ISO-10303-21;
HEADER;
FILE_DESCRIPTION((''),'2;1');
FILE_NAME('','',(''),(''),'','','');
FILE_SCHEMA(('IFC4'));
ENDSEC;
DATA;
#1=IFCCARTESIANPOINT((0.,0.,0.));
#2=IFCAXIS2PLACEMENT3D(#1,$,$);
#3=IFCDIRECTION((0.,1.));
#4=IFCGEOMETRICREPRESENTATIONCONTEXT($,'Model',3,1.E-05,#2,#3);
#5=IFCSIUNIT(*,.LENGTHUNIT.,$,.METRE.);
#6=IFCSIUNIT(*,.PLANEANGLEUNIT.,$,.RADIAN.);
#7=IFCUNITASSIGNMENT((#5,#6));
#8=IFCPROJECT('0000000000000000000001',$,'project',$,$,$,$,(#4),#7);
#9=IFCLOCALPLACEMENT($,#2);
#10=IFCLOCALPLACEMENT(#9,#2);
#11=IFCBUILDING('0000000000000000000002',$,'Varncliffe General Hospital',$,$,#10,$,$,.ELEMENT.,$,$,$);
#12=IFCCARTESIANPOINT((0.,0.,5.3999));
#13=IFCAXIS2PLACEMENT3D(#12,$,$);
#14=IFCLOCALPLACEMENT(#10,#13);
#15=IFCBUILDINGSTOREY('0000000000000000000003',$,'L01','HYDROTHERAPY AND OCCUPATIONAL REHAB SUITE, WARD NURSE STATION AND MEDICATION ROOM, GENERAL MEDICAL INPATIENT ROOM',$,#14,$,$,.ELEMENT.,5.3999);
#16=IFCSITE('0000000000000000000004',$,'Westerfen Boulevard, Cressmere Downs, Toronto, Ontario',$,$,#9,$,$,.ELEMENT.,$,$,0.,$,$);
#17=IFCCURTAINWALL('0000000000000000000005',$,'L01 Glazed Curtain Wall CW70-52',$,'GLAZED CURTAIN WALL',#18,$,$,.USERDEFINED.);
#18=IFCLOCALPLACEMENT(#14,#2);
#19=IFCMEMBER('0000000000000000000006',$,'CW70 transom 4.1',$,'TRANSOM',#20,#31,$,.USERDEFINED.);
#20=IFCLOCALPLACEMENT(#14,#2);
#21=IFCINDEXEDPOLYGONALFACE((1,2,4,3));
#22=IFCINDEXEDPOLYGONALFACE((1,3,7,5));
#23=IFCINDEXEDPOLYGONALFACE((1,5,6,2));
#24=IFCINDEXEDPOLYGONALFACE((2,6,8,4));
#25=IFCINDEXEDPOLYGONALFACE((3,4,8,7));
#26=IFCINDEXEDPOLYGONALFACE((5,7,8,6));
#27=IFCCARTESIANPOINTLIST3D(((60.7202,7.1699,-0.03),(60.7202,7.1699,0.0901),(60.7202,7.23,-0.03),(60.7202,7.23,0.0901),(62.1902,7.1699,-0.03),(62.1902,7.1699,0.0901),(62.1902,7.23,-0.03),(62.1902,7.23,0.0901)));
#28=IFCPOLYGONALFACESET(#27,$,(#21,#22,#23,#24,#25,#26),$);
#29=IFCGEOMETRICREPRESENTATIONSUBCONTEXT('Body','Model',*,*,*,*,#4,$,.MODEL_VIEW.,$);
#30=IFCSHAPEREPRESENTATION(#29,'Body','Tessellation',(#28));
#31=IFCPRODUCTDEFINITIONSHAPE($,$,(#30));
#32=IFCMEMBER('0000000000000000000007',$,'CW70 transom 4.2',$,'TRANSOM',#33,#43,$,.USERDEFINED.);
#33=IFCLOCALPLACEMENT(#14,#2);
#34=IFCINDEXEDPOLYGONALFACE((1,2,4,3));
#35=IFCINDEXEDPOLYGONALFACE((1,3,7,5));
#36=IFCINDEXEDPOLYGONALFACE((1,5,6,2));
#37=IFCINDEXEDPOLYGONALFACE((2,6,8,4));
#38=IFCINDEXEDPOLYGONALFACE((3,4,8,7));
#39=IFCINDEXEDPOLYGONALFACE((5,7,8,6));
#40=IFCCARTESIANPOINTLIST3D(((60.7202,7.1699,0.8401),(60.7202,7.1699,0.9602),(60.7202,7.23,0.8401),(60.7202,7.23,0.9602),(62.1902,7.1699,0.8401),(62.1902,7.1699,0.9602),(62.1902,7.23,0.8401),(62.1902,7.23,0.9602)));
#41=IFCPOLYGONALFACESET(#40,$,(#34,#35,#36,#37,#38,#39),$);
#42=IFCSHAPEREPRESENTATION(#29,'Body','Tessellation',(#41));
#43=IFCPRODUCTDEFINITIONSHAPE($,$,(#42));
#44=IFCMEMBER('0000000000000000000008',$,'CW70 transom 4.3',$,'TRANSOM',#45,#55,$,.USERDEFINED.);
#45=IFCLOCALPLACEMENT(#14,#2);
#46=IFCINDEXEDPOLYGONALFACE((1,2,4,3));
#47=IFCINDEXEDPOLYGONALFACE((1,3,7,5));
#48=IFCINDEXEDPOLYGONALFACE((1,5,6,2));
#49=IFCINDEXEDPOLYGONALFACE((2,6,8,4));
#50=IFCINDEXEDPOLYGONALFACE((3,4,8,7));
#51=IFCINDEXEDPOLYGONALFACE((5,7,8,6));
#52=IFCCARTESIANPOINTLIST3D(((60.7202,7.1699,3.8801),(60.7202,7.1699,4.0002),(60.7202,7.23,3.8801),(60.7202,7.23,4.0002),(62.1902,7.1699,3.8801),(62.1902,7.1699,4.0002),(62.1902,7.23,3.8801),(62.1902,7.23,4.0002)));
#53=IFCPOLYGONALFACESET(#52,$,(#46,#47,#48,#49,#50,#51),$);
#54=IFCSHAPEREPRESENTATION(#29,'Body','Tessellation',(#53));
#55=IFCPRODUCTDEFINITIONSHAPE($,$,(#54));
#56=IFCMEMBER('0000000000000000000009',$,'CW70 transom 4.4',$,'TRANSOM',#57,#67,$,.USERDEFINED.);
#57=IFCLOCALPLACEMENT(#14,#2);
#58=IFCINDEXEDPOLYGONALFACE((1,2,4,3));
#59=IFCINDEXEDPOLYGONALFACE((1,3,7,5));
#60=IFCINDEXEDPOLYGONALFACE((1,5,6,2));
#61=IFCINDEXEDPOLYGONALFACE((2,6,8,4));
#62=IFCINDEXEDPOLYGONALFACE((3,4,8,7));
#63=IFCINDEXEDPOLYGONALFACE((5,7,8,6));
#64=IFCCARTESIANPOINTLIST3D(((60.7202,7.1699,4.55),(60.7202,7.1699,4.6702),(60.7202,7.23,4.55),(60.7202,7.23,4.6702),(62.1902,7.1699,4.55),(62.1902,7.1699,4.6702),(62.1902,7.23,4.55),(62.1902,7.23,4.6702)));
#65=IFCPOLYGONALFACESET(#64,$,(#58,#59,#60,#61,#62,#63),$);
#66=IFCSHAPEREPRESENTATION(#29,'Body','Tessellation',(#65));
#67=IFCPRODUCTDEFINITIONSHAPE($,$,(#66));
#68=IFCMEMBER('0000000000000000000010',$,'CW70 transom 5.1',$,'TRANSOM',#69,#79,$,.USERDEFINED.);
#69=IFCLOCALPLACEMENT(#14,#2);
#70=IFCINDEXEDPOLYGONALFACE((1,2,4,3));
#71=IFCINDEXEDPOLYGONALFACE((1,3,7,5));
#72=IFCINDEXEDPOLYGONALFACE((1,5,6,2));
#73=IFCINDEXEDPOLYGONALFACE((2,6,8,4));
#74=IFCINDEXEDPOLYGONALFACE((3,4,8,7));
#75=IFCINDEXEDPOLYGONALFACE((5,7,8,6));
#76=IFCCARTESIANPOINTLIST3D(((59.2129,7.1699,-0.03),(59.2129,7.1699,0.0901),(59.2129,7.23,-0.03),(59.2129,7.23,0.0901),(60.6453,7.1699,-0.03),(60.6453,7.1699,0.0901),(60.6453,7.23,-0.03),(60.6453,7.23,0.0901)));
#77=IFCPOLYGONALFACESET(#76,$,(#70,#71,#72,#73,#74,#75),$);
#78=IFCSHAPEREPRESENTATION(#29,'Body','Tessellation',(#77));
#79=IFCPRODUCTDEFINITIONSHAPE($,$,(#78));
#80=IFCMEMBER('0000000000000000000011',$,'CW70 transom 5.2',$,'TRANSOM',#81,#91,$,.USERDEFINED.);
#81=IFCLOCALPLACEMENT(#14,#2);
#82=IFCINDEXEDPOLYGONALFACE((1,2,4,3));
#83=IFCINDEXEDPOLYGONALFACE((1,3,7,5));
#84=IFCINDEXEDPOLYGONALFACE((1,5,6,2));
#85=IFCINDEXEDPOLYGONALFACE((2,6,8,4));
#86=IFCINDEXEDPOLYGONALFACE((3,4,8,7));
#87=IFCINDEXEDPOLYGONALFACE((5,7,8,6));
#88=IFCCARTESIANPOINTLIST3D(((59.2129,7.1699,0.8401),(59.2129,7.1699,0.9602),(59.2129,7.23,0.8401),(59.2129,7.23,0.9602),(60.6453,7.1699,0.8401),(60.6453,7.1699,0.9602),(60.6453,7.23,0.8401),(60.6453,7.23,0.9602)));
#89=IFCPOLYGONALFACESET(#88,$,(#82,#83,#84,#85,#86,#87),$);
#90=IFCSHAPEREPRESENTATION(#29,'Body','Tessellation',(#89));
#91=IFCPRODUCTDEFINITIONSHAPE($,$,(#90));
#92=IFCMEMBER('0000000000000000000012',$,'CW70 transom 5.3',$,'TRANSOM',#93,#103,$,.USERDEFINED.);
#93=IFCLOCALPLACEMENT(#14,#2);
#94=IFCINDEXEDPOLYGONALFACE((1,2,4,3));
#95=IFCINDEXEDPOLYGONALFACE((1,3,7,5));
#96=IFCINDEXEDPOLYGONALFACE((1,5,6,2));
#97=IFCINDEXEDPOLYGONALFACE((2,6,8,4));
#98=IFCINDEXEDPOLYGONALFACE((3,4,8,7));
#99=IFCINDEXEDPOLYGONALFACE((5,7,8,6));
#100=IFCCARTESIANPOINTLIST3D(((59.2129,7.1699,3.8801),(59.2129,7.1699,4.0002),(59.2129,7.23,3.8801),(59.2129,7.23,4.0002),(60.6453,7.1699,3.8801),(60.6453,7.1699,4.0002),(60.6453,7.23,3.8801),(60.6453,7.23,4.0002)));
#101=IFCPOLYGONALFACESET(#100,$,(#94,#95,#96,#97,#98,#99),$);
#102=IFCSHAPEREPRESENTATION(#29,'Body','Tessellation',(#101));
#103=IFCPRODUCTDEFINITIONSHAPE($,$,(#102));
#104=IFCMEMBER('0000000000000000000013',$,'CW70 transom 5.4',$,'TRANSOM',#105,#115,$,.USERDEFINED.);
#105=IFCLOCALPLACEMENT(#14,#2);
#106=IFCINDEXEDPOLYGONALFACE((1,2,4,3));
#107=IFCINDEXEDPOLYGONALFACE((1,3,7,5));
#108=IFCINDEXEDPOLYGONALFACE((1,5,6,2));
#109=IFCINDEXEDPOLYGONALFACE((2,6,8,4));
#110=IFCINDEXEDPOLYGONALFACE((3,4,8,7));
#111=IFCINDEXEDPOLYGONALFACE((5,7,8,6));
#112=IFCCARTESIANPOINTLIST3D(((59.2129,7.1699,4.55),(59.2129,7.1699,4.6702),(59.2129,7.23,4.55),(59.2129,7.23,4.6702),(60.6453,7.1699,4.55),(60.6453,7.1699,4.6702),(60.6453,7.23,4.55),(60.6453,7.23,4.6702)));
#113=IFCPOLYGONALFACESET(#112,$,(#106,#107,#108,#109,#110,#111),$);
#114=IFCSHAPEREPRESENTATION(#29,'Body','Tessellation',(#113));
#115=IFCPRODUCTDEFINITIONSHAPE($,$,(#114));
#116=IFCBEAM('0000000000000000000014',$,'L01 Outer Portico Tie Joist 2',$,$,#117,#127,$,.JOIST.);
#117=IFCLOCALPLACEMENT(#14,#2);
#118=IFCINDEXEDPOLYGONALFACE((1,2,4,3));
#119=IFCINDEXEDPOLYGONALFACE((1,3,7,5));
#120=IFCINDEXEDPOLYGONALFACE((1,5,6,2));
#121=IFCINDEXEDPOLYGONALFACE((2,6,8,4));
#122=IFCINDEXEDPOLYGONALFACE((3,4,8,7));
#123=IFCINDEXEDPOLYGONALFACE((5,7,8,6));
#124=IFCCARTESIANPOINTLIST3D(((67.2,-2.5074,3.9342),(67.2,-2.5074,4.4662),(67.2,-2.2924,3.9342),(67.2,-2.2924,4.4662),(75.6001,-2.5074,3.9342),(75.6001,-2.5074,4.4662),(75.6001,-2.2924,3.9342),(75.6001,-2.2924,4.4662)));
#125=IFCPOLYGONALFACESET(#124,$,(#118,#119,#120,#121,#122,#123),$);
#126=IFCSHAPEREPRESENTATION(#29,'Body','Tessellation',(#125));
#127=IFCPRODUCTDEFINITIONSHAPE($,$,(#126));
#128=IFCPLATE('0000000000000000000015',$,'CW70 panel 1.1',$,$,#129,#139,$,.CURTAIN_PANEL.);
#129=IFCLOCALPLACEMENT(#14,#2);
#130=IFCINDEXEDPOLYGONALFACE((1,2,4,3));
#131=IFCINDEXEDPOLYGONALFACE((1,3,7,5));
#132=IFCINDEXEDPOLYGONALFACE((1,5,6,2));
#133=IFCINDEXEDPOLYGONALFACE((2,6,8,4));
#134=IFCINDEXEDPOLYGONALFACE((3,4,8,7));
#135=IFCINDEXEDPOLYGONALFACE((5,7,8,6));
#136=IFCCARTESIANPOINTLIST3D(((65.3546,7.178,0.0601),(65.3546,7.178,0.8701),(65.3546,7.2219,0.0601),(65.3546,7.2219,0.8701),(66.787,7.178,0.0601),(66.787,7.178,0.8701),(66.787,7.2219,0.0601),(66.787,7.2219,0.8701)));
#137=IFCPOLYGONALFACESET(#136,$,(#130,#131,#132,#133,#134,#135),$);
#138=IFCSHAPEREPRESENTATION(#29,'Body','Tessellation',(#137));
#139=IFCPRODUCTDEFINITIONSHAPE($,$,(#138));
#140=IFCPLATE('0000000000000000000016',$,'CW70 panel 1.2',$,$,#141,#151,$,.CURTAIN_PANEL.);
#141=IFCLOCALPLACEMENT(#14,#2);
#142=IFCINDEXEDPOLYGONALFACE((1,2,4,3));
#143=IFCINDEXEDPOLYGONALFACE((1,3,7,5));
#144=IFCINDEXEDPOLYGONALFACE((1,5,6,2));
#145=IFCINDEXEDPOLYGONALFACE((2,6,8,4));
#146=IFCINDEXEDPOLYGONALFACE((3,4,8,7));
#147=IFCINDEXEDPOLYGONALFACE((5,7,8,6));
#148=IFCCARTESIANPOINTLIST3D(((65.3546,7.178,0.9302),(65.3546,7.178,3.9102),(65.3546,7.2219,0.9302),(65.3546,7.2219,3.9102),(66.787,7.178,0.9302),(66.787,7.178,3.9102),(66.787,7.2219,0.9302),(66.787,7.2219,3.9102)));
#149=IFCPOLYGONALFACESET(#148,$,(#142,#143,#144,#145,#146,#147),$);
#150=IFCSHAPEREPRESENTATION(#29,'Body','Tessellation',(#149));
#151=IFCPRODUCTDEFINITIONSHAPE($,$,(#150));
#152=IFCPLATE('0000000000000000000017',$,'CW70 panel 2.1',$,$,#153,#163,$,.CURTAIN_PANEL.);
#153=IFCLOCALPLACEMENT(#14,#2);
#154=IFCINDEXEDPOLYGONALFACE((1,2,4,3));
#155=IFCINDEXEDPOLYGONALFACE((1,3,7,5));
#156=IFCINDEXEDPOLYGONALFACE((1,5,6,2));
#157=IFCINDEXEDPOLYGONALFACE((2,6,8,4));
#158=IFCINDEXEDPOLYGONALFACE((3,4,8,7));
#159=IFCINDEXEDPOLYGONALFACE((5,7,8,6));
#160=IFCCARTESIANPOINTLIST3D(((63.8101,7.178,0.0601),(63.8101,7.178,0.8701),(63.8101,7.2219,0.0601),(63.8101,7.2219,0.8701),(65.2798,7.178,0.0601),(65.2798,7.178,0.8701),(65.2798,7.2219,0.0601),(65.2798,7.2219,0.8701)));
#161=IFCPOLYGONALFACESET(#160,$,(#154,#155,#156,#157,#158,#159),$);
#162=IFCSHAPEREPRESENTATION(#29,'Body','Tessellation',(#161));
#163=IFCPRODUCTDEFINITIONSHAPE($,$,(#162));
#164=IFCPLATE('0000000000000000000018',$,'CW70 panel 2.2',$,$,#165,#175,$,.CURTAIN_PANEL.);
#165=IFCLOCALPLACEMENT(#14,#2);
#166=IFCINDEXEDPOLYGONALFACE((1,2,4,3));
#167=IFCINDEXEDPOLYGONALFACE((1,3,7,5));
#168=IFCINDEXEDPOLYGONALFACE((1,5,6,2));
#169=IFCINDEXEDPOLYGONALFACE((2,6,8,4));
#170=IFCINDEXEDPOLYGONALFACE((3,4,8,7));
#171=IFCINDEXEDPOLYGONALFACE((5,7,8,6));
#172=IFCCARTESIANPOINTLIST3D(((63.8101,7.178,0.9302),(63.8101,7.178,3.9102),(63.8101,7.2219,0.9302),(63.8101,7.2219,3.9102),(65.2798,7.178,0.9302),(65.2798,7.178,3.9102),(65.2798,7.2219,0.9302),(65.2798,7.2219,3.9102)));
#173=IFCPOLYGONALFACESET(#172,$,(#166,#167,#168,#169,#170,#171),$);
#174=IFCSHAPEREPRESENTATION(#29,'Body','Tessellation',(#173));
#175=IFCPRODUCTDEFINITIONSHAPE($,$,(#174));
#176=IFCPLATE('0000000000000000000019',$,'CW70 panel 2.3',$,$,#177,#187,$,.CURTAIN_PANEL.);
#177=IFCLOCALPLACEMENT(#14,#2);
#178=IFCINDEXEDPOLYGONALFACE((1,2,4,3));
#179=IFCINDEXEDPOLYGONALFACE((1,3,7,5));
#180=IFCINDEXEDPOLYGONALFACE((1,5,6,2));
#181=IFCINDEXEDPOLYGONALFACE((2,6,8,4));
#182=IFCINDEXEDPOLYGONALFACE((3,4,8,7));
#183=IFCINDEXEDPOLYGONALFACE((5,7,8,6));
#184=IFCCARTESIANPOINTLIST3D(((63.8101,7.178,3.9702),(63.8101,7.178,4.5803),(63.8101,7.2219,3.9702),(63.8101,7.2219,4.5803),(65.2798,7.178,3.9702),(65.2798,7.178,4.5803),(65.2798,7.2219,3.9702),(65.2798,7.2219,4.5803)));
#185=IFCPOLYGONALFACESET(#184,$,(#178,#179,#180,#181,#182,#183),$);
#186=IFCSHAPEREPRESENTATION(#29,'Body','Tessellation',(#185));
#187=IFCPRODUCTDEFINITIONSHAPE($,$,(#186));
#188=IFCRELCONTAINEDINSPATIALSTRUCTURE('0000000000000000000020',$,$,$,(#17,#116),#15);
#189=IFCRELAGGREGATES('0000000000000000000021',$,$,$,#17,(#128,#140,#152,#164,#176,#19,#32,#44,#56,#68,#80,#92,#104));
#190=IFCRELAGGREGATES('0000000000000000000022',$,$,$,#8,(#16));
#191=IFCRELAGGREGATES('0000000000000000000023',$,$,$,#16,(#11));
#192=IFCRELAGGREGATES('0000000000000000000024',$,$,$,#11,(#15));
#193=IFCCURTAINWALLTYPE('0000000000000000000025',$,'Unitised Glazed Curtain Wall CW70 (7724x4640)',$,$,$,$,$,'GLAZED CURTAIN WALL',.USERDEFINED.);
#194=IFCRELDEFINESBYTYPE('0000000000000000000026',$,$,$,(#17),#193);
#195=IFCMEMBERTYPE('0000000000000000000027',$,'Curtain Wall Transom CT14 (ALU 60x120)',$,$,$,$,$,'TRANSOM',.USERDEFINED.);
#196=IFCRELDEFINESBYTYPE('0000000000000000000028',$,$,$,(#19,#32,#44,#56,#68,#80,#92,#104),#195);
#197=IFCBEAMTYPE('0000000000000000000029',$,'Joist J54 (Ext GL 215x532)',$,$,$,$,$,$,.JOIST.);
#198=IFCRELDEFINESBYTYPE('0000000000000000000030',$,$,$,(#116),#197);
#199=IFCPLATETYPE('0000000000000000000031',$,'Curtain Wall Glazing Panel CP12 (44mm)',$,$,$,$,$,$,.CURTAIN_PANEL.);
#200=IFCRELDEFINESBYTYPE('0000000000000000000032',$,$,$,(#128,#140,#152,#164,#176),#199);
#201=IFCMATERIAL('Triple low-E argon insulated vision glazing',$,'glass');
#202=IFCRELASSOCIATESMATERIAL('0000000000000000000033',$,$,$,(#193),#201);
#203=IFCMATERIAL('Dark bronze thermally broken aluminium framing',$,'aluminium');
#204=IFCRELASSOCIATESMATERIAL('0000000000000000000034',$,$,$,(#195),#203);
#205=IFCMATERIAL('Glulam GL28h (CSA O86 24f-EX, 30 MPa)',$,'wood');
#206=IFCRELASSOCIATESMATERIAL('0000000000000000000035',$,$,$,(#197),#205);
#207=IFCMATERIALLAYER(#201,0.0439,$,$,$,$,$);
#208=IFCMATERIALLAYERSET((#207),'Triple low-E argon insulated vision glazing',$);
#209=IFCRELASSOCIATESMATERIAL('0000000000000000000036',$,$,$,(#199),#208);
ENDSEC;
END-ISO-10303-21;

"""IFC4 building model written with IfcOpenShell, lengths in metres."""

from ifc_helpers import new_model, si_unit, direction, frame, origin, origin_2d, place, context, subcontext, project, spatial, rectangle, extrude, material, layer, layer_set, material_profile, profile_set, type_object, element, aggregate, save


model = new_model("IFC4")

# Units and contexts
model_context = context("Model", 3, precision=1e-05, world=origin(), true_north=direction((0.0, 1.0)))
body_context = subcontext(model_context, "Body", "Model", "MODEL_VIEW")
ifc_project = project(units=[si_unit("LENGTHUNIT", "METRE"), si_unit("PLANEANGLEUNIT", "RADIAN")], contexts=[model_context])

# Site, building, storey
site_placement = place(None, origin())
site = spatial("IfcSite", under=ifc_project, at=site_placement, Name="Westerfen Boulevard, Cressmere Downs, Toronto, Ontario", CompositionType="ELEMENT", RefElevation=0.0)
building_placement = place(site_placement, origin())
building = spatial("IfcBuilding", under=site, at=building_placement, Name="Varncliffe General Hospital", CompositionType="ELEMENT")
storey_placement = place(building_placement, frame((0.0, 0.0, 5.3999)))
storey = spatial("IfcBuildingStorey", under=building, at=storey_placement, Name="L01", Description="HYDROTHERAPY AND OCCUPATIONAL REHAB SUITE, WARD NURSE STATION AND MEDICATION ROOM, GENERAL MEDICAL INPATIENT ROOM", CompositionType="ELEMENT", Elevation=5.3999)

# Shared definitions
ifc_material_1 = material(Name="Glulam GL28h (CSA O86 24f-EX, 30 MPa)", Category="wood")

# Curtain wall, members
ifc_material_2 = material(Name="Triple low-E argon insulated vision glazing", Category="glass")
curtain_wall_type = type_object("IfcCurtainWallType", Name="Unitised Glazed Curtain Wall CW70 (7724x4640)", ElementType="GLAZED CURTAIN WALL", PredefinedType="USERDEFINED", material=ifc_material_2)
curtain_wall_placement = place(storey_placement, origin())
curtain_wall = element("IfcCurtainWall", 1, at=curtain_wall_placement, inside=storey, type_object=curtain_wall_type, Name="L01 Glazed Curtain Wall CW70-52", ObjectType="GLAZED CURTAIN WALL", PredefinedType="USERDEFINED")
ifc_material_3 = material(Name="Dark bronze thermally broken aluminium framing", Category="aluminium")
ifc_material_profile_1 = material_profile(ifc_material_3, rectangle(XDim=0.0601, YDim=0.1201, at=origin_2d()), Name="ALU 60x120")
ifc_profile_set_1 = profile_set([ifc_material_profile_1], Name="Dark bronze thermally broken aluminium framing")
member_type_1 = type_object("IfcMemberType", Name="Curtain Wall Transom CT14 (ALU 60x120)", ElementType="TRANSOM", PredefinedType="USERDEFINED", material=ifc_profile_set_1)
member_1_placement = place(storey_placement, frame((62.1902, 7.2, 0.03), z_axis=(-1.0, 0.0, 0.0), x_axis=(0.0, -1.0, 0.0)))
member_1 = element("IfcMember", 2, at=member_1_placement, type_object=member_type_1, Name="CW70 transom 4.1", ObjectType="TRANSOM", PredefinedType="USERDEFINED", context=body_context, shape_type="SweptSolid", body=[
    extrude(rectangle(XDim=0.0601, YDim=0.1201, at=origin_2d()), origin(), (0.0, 0.0, 1.0), 1.47),
])
member_2_placement = place(storey_placement, frame((62.1902, 7.2, 0.9001), z_axis=(-1.0, 0.0, 0.0), x_axis=(0.0, -1.0, 0.0)))
member_2 = element("IfcMember", 3, at=member_2_placement, type_object=member_type_1, Name="CW70 transom 4.2", ObjectType="TRANSOM", PredefinedType="USERDEFINED", context=body_context, shape_type="SweptSolid", body=[
    extrude(rectangle(XDim=0.0601, YDim=0.1201, at=origin_2d()), origin(), (0.0, 0.0, 1.0), 1.47),
])
member_3_placement = place(storey_placement, frame((62.1902, 7.2, 3.9402), z_axis=(-1.0, 0.0, 0.0), x_axis=(0.0, -1.0, 0.0)))
member_3 = element("IfcMember", 4, at=member_3_placement, type_object=member_type_1, Name="CW70 transom 4.3", ObjectType="TRANSOM", PredefinedType="USERDEFINED", context=body_context, shape_type="SweptSolid", body=[
    extrude(rectangle(XDim=0.0601, YDim=0.1201, at=origin_2d()), origin(), (0.0, 0.0, 1.0), 1.47),
])
member_4_placement = place(storey_placement, frame((62.1902, 7.2, 4.6101), z_axis=(-1.0, 0.0, 0.0), x_axis=(0.0, -1.0, 0.0)))
member_4 = element("IfcMember", 5, at=member_4_placement, type_object=member_type_1, Name="CW70 transom 4.4", ObjectType="TRANSOM", PredefinedType="USERDEFINED", context=body_context, shape_type="SweptSolid", body=[
    extrude(rectangle(XDim=0.0601, YDim=0.1201, at=origin_2d()), origin(), (0.0, 0.0, 1.0), 1.47),
])
member_5_placement = place(storey_placement, frame((60.6453, 7.2, 0.03), z_axis=(-1.0, 0.0, 0.0), x_axis=(0.0, -1.0, 0.0)))
member_5 = element("IfcMember", 6, at=member_5_placement, type_object=member_type_1, Name="CW70 transom 5.1", ObjectType="TRANSOM", PredefinedType="USERDEFINED", context=body_context, shape_type="SweptSolid", body=[
    extrude(rectangle(XDim=0.0601, YDim=0.1201, at=origin_2d()), origin(), (0.0, 0.0, 1.0), 1.4324),
])
member_6_placement = place(storey_placement, frame((60.6453, 7.2, 0.9001), z_axis=(-1.0, 0.0, 0.0), x_axis=(0.0, -1.0, 0.0)))
member_6 = element("IfcMember", 7, at=member_6_placement, type_object=member_type_1, Name="CW70 transom 5.2", ObjectType="TRANSOM", PredefinedType="USERDEFINED", context=body_context, shape_type="SweptSolid", body=[
    extrude(rectangle(XDim=0.0601, YDim=0.1201, at=origin_2d()), origin(), (0.0, 0.0, 1.0), 1.4324),
])
member_7_placement = place(storey_placement, frame((60.6453, 7.2, 3.9402), z_axis=(-1.0, 0.0, 0.0), x_axis=(0.0, -1.0, 0.0)))
member_7 = element("IfcMember", 8, at=member_7_placement, type_object=member_type_1, Name="CW70 transom 5.3", ObjectType="TRANSOM", PredefinedType="USERDEFINED", context=body_context, shape_type="SweptSolid", body=[
    extrude(rectangle(XDim=0.0601, YDim=0.1201, at=origin_2d()), origin(), (0.0, 0.0, 1.0), 1.4324),
])
member_8_placement = place(storey_placement, frame((60.6453, 7.2, 4.6101), z_axis=(-1.0, 0.0, 0.0), x_axis=(0.0, -1.0, 0.0)))
member_8 = element("IfcMember", 9, at=member_8_placement, type_object=member_type_1, Name="CW70 transom 5.4", ObjectType="TRANSOM", PredefinedType="USERDEFINED", context=body_context, shape_type="SweptSolid", body=[
    extrude(rectangle(XDim=0.0601, YDim=0.1201, at=origin_2d()), origin(), (0.0, 0.0, 1.0), 1.4324),
])

# Beam
ifc_material_profile_2 = material_profile(ifc_material_1, rectangle(XDim=0.2151, YDim=0.532, at=origin_2d()), Name="GL 215x532")
ifc_profile_set_2 = profile_set([ifc_material_profile_2], Name="Glulam GL28h (CSA O86 24f-EX, 30 MPa)")
beam_type = type_object("IfcBeamType", Name="Joist J54 (Ext GL 215x532)", PredefinedType="JOIST", material=ifc_profile_set_2)
beam_placement = place(storey_placement, frame((67.2, -2.3999, 4.2002), z_axis=(1.0, 0.0, 0.0), x_axis=(0.0, 1.0, 0.0)))
element("IfcBeam", 10, at=beam_placement, inside=storey, type_object=beam_type, Name="L01 Outer Portico Tie Joist 2", PredefinedType="JOIST", context=body_context, shape_type="SweptSolid", body=[
    extrude(rectangle(XDim=0.2151, YDim=0.532, at=origin_2d()), origin(), (0.0, 0.0, 1.0), 8.4001),
])

# Plates
ifc_layer = layer(ifc_material_2, 0.0439)
ifc_layer_set = layer_set([ifc_layer], Name="Triple low-E argon insulated vision glazing")
plate_type = type_object("IfcPlateType", Name="Curtain Wall Glazing Panel CP12 (44mm)", PredefinedType="CURTAIN_PANEL", material=ifc_layer_set)
plate_1_placement = place(storey_placement, frame((66.0708, 7.2, 0.0601), z_axis=(0.0, 0.0, 1.0), x_axis=(-1.0, 0.0, 0.0)))
plate_1 = element("IfcPlate", 11, at=plate_1_placement, type_object=plate_type, Name="CW70 panel 1.1", PredefinedType="CURTAIN_PANEL", context=body_context, shape_type="SweptSolid", body=[
    extrude(rectangle(XDim=1.4324, YDim=0.0439, at=origin_2d()), origin(), (0.0, 0.0, 1.0), 0.8101),
])
plate_2_placement = place(storey_placement, frame((66.0708, 7.2, 0.9302), z_axis=(0.0, 0.0, 1.0), x_axis=(-1.0, 0.0, 0.0)))
plate_2 = element("IfcPlate", 12, at=plate_2_placement, type_object=plate_type, Name="CW70 panel 1.2", PredefinedType="CURTAIN_PANEL", context=body_context, shape_type="SweptSolid", body=[
    extrude(rectangle(XDim=1.4324, YDim=0.0439, at=origin_2d()), origin(), (0.0, 0.0, 1.0), 2.98),
])
plate_3_placement = place(storey_placement, frame((64.5449, 7.2, 0.0601), z_axis=(0.0, 0.0, 1.0), x_axis=(-1.0, 0.0, 0.0)))
plate_3 = element("IfcPlate", 13, at=plate_3_placement, type_object=plate_type, Name="CW70 panel 2.1", PredefinedType="CURTAIN_PANEL", context=body_context, shape_type="SweptSolid", body=[
    extrude(rectangle(XDim=1.4697, YDim=0.0439, at=origin_2d()), origin(), (0.0, 0.0, 1.0), 0.8101),
])
plate_4_placement = place(storey_placement, frame((64.5449, 7.2, 0.9302), z_axis=(0.0, 0.0, 1.0), x_axis=(-1.0, 0.0, 0.0)))
plate_4 = element("IfcPlate", 14, at=plate_4_placement, type_object=plate_type, Name="CW70 panel 2.2", PredefinedType="CURTAIN_PANEL", context=body_context, shape_type="SweptSolid", body=[
    extrude(rectangle(XDim=1.4697, YDim=0.0439, at=origin_2d()), origin(), (0.0, 0.0, 1.0), 2.98),
])
plate_5_placement = place(storey_placement, frame((64.5449, 7.2, 3.9702), z_axis=(0.0, 0.0, 1.0), x_axis=(-1.0, 0.0, 0.0)))
plate_5 = element("IfcPlate", 15, at=plate_5_placement, type_object=plate_type, Name="CW70 panel 2.3", PredefinedType="CURTAIN_PANEL", context=body_context, shape_type="SweptSolid", body=[
    extrude(rectangle(XDim=1.4697, YDim=0.0439, at=origin_2d()), origin(), (0.0, 0.0, 1.0), 0.6101),
])
aggregate(curtain_wall, [plate_1, plate_2, plate_3, plate_4, plate_5, member_1, member_2, member_3, member_4, member_5, member_6, member_7, member_8])

save(model, "model.ifc")
